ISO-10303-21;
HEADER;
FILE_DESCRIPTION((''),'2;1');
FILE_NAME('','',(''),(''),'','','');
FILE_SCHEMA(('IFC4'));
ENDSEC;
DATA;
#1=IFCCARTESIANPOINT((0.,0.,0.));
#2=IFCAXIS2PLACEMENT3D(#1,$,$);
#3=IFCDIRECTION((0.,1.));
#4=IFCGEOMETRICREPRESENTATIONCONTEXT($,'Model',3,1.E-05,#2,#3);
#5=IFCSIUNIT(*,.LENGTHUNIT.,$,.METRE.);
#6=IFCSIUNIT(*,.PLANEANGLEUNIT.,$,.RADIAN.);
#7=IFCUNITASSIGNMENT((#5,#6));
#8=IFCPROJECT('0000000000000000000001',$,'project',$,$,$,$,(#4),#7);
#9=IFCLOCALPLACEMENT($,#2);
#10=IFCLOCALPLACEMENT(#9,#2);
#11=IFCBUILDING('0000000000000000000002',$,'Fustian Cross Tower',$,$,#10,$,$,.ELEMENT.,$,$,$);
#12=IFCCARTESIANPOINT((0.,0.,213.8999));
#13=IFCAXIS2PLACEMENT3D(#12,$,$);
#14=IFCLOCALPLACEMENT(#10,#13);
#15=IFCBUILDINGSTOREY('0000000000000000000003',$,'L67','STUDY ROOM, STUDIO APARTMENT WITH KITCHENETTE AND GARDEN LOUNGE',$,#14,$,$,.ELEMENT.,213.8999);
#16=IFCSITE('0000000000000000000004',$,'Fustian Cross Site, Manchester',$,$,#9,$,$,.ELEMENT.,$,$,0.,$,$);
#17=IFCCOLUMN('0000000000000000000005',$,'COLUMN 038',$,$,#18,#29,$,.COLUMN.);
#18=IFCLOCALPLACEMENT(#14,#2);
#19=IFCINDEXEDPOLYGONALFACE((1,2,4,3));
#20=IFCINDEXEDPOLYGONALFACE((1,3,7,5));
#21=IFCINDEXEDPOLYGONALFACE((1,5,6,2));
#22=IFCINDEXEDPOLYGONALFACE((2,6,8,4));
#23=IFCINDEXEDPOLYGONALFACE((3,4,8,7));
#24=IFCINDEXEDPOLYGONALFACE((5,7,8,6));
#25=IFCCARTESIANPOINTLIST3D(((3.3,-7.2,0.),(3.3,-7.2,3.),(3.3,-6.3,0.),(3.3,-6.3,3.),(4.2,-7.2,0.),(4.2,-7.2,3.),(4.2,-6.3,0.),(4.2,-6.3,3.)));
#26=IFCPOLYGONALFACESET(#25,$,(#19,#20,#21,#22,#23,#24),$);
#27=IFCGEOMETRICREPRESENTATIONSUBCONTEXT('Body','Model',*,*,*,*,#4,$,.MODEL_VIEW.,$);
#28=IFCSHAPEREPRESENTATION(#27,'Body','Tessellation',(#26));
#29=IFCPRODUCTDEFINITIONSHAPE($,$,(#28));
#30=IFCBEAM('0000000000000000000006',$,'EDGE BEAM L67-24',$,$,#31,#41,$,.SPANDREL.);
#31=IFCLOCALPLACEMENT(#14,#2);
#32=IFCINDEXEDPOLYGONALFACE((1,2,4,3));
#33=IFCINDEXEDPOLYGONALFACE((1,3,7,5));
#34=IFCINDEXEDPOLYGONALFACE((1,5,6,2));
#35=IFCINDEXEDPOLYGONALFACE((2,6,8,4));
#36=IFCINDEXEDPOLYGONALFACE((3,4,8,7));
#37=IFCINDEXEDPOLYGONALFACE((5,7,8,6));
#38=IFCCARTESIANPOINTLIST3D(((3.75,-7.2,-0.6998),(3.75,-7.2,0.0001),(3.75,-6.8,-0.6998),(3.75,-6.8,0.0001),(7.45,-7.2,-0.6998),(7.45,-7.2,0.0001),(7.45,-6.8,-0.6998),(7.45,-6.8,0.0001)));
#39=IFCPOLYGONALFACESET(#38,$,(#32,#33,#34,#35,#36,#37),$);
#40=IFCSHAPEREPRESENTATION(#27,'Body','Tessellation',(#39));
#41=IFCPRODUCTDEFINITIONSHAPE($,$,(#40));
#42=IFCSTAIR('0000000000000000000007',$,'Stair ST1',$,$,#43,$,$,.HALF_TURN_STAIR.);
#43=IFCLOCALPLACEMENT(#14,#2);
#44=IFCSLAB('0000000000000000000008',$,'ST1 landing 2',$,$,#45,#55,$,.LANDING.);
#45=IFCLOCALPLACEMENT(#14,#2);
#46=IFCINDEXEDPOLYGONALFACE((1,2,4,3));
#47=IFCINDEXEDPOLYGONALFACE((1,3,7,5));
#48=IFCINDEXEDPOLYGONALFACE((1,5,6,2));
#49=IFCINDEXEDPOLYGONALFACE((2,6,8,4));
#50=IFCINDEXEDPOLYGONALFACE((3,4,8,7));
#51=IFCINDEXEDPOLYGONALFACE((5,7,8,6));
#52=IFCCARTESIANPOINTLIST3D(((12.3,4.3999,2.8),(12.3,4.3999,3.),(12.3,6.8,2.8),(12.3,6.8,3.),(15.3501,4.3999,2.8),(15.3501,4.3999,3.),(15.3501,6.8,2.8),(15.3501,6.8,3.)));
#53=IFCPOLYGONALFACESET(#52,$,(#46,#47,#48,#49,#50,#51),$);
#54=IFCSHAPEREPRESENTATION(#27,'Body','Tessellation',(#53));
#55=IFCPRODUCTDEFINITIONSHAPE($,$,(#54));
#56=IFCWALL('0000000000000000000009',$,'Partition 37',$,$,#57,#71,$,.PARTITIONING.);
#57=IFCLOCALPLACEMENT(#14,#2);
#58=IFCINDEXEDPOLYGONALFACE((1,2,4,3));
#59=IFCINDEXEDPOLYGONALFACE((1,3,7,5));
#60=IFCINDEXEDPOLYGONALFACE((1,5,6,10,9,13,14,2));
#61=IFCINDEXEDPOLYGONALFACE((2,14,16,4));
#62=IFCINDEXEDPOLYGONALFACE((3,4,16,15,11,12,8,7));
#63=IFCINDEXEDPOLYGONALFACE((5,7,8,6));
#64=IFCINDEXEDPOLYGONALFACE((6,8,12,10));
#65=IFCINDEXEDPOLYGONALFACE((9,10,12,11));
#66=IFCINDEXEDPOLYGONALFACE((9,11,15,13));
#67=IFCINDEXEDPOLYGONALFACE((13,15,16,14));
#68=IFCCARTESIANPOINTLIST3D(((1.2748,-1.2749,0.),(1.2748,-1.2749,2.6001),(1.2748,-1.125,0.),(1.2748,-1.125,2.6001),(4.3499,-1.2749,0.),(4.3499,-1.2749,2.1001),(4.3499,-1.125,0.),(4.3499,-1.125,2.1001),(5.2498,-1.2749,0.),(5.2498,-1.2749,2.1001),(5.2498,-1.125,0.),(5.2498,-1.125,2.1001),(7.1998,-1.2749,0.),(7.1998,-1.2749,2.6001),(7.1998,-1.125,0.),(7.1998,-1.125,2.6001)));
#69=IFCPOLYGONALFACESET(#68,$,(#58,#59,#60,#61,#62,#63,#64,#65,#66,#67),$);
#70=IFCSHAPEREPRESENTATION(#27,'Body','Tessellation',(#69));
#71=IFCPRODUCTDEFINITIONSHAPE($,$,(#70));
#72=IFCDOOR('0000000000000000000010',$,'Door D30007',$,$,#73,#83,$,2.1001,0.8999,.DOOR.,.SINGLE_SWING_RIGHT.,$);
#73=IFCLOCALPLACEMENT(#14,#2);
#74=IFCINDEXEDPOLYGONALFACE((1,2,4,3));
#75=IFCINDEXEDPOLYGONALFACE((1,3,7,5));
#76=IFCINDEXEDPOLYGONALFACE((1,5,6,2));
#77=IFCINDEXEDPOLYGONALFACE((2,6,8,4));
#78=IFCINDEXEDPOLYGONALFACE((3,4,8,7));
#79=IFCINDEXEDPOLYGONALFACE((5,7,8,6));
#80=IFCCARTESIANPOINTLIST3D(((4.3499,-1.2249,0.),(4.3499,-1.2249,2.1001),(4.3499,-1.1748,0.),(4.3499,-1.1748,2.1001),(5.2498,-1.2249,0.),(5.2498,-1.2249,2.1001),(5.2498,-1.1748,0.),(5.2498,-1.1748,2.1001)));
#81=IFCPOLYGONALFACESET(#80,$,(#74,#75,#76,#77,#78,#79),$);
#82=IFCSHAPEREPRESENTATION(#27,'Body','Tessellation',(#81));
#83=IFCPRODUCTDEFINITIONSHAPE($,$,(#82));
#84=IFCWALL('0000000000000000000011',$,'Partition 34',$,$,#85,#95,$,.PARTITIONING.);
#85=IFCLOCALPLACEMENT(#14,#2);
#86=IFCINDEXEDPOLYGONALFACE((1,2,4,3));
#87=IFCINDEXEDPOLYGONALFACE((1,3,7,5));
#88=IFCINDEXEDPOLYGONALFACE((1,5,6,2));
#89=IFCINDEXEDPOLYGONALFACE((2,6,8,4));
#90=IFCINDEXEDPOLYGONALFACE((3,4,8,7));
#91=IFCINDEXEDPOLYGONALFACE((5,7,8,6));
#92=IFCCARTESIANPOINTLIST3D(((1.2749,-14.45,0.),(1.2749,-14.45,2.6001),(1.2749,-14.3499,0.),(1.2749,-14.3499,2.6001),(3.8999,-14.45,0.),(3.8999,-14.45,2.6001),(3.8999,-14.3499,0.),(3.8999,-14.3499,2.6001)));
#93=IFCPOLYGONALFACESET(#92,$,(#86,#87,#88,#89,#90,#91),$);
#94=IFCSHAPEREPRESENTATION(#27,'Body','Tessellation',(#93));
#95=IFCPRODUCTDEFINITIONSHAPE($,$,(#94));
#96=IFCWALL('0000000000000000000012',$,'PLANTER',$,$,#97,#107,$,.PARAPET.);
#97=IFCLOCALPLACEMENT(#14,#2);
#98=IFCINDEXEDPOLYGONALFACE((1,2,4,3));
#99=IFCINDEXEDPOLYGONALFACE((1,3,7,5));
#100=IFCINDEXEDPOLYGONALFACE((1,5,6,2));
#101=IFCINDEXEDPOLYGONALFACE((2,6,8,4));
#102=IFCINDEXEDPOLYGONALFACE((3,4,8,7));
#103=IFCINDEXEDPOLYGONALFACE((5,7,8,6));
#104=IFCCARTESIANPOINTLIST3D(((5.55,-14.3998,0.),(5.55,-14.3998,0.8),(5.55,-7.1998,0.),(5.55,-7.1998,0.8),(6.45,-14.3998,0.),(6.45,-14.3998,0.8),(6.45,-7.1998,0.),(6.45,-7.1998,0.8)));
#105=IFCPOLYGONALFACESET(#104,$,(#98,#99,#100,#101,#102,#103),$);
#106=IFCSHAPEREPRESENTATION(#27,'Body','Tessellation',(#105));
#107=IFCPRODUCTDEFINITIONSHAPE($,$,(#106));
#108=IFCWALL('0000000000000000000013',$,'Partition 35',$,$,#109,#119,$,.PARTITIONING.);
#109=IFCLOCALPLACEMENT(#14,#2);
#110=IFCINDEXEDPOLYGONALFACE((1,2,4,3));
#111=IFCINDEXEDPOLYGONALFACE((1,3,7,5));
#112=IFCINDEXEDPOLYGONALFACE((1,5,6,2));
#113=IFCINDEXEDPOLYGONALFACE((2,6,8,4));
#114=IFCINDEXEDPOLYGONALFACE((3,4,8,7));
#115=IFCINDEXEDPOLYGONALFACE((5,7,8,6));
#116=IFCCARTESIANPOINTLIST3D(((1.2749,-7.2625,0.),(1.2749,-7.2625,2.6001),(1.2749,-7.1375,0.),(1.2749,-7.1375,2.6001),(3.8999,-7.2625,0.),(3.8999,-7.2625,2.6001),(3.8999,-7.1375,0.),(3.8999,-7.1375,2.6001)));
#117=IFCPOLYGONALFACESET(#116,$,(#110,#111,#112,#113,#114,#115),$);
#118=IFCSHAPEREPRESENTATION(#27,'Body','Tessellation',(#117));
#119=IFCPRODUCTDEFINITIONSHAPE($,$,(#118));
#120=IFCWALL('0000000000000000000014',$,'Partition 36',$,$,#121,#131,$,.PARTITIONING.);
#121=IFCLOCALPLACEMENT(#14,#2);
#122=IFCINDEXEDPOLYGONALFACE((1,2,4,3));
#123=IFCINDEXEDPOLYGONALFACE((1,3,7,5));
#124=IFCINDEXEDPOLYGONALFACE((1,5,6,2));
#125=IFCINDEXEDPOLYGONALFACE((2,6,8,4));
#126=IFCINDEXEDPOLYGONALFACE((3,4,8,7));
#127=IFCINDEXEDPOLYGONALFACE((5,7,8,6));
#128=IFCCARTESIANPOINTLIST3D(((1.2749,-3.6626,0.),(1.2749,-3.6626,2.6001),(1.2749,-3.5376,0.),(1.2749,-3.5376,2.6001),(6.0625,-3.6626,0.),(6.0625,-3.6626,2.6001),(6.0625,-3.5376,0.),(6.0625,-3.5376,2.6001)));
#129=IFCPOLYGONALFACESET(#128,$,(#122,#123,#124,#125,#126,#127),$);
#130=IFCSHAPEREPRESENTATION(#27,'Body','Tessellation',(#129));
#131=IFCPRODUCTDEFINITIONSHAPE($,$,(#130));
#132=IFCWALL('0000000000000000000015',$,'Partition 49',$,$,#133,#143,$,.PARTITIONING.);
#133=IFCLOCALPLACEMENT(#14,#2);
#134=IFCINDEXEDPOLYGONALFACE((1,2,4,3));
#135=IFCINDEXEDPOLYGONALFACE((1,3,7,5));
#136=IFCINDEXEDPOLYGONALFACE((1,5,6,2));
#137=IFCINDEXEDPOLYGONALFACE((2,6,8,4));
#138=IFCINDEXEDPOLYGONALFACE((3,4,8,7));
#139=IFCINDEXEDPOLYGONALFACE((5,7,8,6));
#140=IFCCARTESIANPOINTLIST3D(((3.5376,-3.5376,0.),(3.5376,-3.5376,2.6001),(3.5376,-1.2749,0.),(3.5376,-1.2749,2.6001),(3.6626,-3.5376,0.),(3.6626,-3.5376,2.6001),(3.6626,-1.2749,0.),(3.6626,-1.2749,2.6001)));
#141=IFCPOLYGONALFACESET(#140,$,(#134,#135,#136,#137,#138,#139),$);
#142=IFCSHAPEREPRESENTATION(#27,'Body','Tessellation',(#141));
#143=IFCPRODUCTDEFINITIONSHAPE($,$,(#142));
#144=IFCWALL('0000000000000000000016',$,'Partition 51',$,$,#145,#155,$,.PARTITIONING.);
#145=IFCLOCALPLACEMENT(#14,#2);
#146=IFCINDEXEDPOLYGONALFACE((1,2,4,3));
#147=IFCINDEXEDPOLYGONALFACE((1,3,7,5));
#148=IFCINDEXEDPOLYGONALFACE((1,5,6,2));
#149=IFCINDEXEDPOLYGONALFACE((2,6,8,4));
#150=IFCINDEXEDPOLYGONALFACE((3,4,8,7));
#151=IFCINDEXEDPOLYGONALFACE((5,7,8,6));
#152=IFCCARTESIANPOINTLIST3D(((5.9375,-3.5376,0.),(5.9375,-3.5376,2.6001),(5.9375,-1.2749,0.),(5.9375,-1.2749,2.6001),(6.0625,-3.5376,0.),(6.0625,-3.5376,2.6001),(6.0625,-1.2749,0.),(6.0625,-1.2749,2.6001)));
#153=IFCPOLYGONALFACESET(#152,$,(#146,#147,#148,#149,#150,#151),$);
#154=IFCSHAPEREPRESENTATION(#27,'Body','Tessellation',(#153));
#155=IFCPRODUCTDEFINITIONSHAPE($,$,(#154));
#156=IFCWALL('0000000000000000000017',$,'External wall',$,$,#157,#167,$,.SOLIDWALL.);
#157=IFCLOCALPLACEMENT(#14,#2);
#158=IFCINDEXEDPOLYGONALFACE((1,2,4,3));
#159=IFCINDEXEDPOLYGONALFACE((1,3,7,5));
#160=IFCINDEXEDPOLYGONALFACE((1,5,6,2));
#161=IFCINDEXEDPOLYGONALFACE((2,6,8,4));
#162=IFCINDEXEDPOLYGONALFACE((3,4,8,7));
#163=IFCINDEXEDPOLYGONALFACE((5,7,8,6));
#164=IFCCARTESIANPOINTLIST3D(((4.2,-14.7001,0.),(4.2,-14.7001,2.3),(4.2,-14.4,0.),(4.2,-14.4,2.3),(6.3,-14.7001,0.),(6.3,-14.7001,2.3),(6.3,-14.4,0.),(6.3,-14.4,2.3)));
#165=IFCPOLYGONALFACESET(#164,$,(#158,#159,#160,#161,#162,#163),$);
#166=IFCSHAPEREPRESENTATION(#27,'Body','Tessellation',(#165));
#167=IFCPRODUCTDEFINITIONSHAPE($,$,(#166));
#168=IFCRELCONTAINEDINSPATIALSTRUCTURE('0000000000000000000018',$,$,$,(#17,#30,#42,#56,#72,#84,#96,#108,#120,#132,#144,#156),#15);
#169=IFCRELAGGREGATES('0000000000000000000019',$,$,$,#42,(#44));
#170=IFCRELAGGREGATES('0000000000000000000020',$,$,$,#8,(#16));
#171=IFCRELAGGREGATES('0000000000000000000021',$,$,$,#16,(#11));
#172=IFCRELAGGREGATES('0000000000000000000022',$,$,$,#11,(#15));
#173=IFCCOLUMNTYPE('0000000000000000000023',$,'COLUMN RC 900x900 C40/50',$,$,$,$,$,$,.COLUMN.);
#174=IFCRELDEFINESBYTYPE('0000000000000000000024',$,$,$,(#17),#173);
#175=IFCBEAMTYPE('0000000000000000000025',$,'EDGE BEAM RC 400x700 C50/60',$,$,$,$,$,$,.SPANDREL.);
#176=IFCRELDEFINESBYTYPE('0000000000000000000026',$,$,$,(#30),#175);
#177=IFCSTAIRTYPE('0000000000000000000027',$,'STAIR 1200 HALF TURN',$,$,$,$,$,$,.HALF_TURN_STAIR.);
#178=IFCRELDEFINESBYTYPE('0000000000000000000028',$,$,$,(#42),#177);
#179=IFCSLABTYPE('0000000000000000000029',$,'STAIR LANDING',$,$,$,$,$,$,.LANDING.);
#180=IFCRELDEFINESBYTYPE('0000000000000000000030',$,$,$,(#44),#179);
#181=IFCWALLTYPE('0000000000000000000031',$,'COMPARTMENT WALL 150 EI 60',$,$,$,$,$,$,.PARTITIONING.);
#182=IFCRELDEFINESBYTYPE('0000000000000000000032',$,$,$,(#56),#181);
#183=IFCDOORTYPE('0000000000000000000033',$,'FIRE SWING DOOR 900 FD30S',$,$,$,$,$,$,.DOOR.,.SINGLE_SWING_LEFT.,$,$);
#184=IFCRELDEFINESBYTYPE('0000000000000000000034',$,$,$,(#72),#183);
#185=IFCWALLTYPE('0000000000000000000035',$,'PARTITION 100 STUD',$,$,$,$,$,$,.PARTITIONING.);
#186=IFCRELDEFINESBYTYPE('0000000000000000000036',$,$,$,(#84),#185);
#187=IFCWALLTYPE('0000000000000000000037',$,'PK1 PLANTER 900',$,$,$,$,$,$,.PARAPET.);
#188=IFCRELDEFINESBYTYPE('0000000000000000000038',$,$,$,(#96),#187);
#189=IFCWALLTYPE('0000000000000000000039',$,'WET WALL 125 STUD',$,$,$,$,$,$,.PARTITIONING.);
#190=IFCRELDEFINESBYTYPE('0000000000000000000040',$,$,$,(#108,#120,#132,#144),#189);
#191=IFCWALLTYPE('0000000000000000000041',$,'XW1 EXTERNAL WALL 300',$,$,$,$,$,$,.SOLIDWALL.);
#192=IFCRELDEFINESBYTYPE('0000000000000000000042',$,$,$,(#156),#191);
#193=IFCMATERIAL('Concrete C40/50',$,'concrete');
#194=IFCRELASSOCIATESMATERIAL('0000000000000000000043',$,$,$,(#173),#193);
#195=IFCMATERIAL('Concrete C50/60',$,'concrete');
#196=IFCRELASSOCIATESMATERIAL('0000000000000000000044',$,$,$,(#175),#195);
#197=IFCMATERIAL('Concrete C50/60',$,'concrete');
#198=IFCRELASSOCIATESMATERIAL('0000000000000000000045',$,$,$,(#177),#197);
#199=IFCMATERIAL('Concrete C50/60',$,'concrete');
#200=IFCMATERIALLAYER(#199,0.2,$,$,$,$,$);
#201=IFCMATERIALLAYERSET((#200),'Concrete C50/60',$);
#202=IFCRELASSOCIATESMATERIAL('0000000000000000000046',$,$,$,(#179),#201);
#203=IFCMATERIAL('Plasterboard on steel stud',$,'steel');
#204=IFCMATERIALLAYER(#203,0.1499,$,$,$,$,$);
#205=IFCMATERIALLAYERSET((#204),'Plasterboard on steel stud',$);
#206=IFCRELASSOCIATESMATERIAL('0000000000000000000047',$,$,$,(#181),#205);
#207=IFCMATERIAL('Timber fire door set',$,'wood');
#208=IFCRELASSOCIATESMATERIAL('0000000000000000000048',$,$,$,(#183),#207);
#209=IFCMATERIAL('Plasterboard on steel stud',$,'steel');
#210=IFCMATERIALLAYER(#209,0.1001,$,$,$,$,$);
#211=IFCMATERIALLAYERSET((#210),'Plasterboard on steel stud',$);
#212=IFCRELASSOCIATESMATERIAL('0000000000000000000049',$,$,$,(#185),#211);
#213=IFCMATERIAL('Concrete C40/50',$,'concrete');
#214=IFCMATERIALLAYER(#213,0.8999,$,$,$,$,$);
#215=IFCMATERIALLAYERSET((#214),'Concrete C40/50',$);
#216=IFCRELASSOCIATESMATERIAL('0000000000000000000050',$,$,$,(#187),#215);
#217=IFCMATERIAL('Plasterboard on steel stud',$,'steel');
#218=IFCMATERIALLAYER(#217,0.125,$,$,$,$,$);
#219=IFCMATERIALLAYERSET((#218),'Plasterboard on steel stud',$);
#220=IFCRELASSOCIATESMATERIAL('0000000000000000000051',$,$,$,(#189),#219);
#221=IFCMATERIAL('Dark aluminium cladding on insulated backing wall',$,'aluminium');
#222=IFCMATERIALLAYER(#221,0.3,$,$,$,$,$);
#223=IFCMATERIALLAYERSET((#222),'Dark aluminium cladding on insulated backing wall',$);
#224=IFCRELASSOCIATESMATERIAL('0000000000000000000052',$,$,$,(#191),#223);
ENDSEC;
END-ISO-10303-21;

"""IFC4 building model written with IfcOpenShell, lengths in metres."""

from ifc_helpers import new_model, si_unit, direction, frame, frame_2d, origin, origin_2d, place, context, subcontext, project, spatial, polyline, rectangle, outline, extrude, material, layer, layer_set, material_profile, profile_set, type_object, element, fill, aggregate, save


model = new_model("IFC4")

# Units and contexts
model_context = context("Model", 3, precision=1e-05, world=origin(), true_north=direction((0.0, 1.0)))
body_context = subcontext(model_context, "Body", "Model", "MODEL_VIEW")
ifc_project = project(units=[si_unit("LENGTHUNIT", "METRE"), si_unit("PLANEANGLEUNIT", "RADIAN")], contexts=[model_context])

# Site, building, storey
site_placement = place(None, origin())
site = spatial("IfcSite", under=ifc_project, at=site_placement, Name="Fustian Cross Site, Manchester", CompositionType="ELEMENT", RefElevation=0.0)
building_placement = place(site_placement, origin())
building = spatial("IfcBuilding", under=site, at=building_placement, Name="Fustian Cross Tower", CompositionType="ELEMENT")
storey_placement = place(building_placement, frame((0.0, 0.0, 213.8999)))
storey = spatial("IfcBuildingStorey", under=building, at=storey_placement, Name="L67", Description="STUDY ROOM, STUDIO APARTMENT WITH KITCHENETTE AND GARDEN LOUNGE", CompositionType="ELEMENT", Elevation=213.8999)

# Column
ifc_material_1 = material(Name="Concrete C40/50", Category="concrete")
ifc_material_profile_1 = material_profile(ifc_material_1, rectangle(XDim=0.8999, YDim=0.8999, at=origin_2d()), Name="RC 900x900")
ifc_profile_set_1 = profile_set([ifc_material_profile_1], Name="Concrete C40/50")
column_type = type_object("IfcColumnType", Name="COLUMN RC 900x900 C40/50", PredefinedType="COLUMN", material=ifc_profile_set_1)
column_placement = place(storey_placement, frame((3.75, -6.75, 0.0), z_axis=(0.0, 0.0, 1.0), x_axis=(1.0, 0.0, 0.0)))
element("IfcColumn", 1, at=column_placement, inside=storey, type_object=column_type, Name="COLUMN 038", PredefinedType="COLUMN", context=body_context, shape_type="SweptSolid", body=[
    extrude(rectangle(XDim=0.8999, YDim=0.8999, at=origin_2d()), origin(), (0.0, 0.0, 1.0), 3.0),
])

# Beam
ifc_material_2 = material(Name="Concrete C50/60", Category="concrete")
ifc_material_profile_2 = material_profile(ifc_material_2, rectangle(XDim=0.3999, YDim=0.7, at=origin_2d()), Name="RC 400x700")
ifc_profile_set_2 = profile_set([ifc_material_profile_2], Name="Concrete C50/60")
beam_type = type_object("IfcBeamType", Name="EDGE BEAM RC 400x700 C50/60", PredefinedType="SPANDREL", material=ifc_profile_set_2)
beam_placement = place(storey_placement, frame((3.75, -7.0, -0.3499), z_axis=(1.0, 0.0, 0.0), x_axis=(0.0, 1.0, 0.0)))
element("IfcBeam", 2, at=beam_placement, inside=storey, type_object=beam_type, Name="EDGE BEAM L67-24", PredefinedType="SPANDREL", context=body_context, shape_type="SweptSolid", body=[
    extrude(rectangle(XDim=0.3999, YDim=0.7, at=origin_2d()), origin(), (0.0, 0.0, 1.0), 3.7),
])

# Stair, slab
ifc_material_3 = material(Name="Concrete C50/60", Category="concrete")
stair_type = type_object("IfcStairType", Name="STAIR 1200 HALF TURN", PredefinedType="HALF_TURN_STAIR", material=ifc_material_3)
stair_placement = place(storey_placement, origin())
stair = element("IfcStair", 3, at=stair_placement, inside=storey, type_object=stair_type, Name="Stair ST1", PredefinedType="HALF_TURN_STAIR")
ifc_material_4 = material(Name="Concrete C50/60", Category="concrete")
ifc_layer_1 = layer(ifc_material_4, 0.2)
ifc_layer_set_1 = layer_set([ifc_layer_1], Name="Concrete C50/60")
slab_type = type_object("IfcSlabType", Name="STAIR LANDING", PredefinedType="LANDING", material=ifc_layer_set_1)
slab_placement = place(storey_placement, frame((0.0, 0.0, 2.8)))
slab = element("IfcSlab", 4, at=slab_placement, type_object=slab_type, Name="ST1 landing 2", PredefinedType="LANDING", context=body_context, shape_type="SweptSolid", body=[
    extrude(outline(polyline([(12.3, 4.3999), (15.3501, 4.3999), (15.3501, 6.8), (12.3, 6.8), (12.3, 4.3999)])), origin(), (0.0, 0.0, 1.0), 0.2),
])
aggregate(stair, [slab])

# Wall, opening, door
ifc_material_5 = material(Name="Plasterboard on steel stud", Category="steel")
ifc_layer_2 = layer(ifc_material_5, 0.1499)
ifc_layer_set_2 = layer_set([ifc_layer_2], Name="Plasterboard on steel stud")
wall_type_1 = type_object("IfcWallType", Name="COMPARTMENT WALL 150 EI 60", PredefinedType="PARTITIONING", material=ifc_layer_set_2)
wall_1_placement = place(storey_placement, frame((1.2749, -1.2, 0.0), z_axis=(0.0, 0.0, 1.0), x_axis=(1.0, 0.0, 0.0)))
wall_1 = element("IfcWall", 5, at=wall_1_placement, inside=storey, type_object=wall_type_1, Name="Partition 37", PredefinedType="PARTITIONING", context=body_context, shape_type="SweptSolid", body=[
    extrude(rectangle(XDim=5.925, YDim=0.1499, at=frame_2d((2.9624, 0.0))), origin(), (0.0, 0.0, 1.0), 2.6001),
])
opening_1_placement = place(wall_1_placement, frame((3.075, 0.0, 0.0)))
opening_1 = element("IfcOpeningElement", 6, at=opening_1_placement, cuts=wall_1, PredefinedType="OPENING", context=body_context, shape_type="SweptSolid", body=[
    extrude(rectangle(XDim=0.8999, YDim=2.1001, at=frame_2d((0.45, 1.05))), frame((0.0, 0.085, 0.0), z_axis=(0.0, -1.0, 0.0), x_axis=(1.0, 0.0, 0.0)), (0.0, 0.0, 1.0), 0.1699),
])
ifc_material_6 = material(Name="Timber fire door set", Category="wood")
door_type_1 = type_object("IfcDoorType", Name="FIRE SWING DOOR 900 FD30S", OperationType="SINGLE_SWING_LEFT", PredefinedType="DOOR", material=ifc_material_6)
door_1_placement = place(opening_1_placement, frame((0.8999, 0.0, 0.0), z_axis=(0.0, 0.0, 1.0), x_axis=(-1.0, 0.0, 0.0)))
door_1 = element("IfcDoor", 7, at=door_1_placement, inside=storey, type_object=door_type_1, Name="Door D30007", OperationType="SINGLE_SWING_RIGHT", OverallHeight=2.1001, OverallWidth=0.8999, PredefinedType="DOOR", context=body_context, shape_type="SweptSolid", body=[
    extrude(rectangle(XDim=0.8999, YDim=2.1001, at=frame_2d((0.45, 1.05))), frame((0.0, 0.0249, 0.0), z_axis=(0.0, -1.0, 0.0), x_axis=(1.0, 0.0, 0.0)), (0.0, 0.0, 1.0), 0.05),
])
fill(opening_1, door_1)

# Walls
ifc_material_7 = material(Name="Plasterboard on steel stud", Category="steel")
ifc_layer_3 = layer(ifc_material_7, 0.1001)
ifc_layer_set_3 = layer_set([ifc_layer_3], Name="Plasterboard on steel stud")
wall_type_2 = type_object("IfcWallType", Name="PARTITION 100 STUD", PredefinedType="PARTITIONING", material=ifc_layer_set_3)
wall_2_placement = place(storey_placement, frame((1.2749, -14.3999, 0.0), z_axis=(0.0, 0.0, 1.0), x_axis=(1.0, 0.0, 0.0)))
element("IfcWall", 8, at=wall_2_placement, inside=storey, type_object=wall_type_2, Name="Partition 34", PredefinedType="PARTITIONING", context=body_context, shape_type="SweptSolid", body=[
    extrude(rectangle(XDim=2.625, YDim=0.1001, at=frame_2d((1.3125, 0.0))), origin(), (0.0, 0.0, 1.0), 2.6001),
])
ifc_material_8 = material(Name="Concrete C40/50", Category="concrete")
ifc_layer_4 = layer(ifc_material_8, 0.8999)
ifc_layer_set_4 = layer_set([ifc_layer_4], Name="Concrete C40/50")
wall_type_3 = type_object("IfcWallType", Name="PK1 PLANTER 900", PredefinedType="PARAPET", material=ifc_layer_set_4)
wall_3_placement = place(storey_placement, frame((6.0, -14.3999, 0.0), z_axis=(0.0, 0.0, 1.0), x_axis=(0.0, 1.0, 0.0)))
element("IfcWall", 9, at=wall_3_placement, inside=storey, type_object=wall_type_3, Name="PLANTER", PredefinedType="PARAPET", context=body_context, shape_type="SweptSolid", body=[
    extrude(rectangle(XDim=7.2, YDim=0.8999, at=frame_2d((3.6001, 0.0))), origin(), (0.0, 0.0, 1.0), 0.8),
])
ifc_material_9 = material(Name="Plasterboard on steel stud", Category="steel")
ifc_layer_5 = layer(ifc_material_9, 0.125)
ifc_layer_set_5 = layer_set([ifc_layer_5], Name="Plasterboard on steel stud")
wall_type_4 = type_object("IfcWallType", Name="WET WALL 125 STUD", PredefinedType="PARTITIONING", material=ifc_layer_set_5)
wall_4_placement = place(storey_placement, frame((1.2749, -7.2, 0.0), z_axis=(0.0, 0.0, 1.0), x_axis=(1.0, 0.0, 0.0)))
element("IfcWall", 10, at=wall_4_placement, inside=storey, type_object=wall_type_4, Name="Partition 35", PredefinedType="PARTITIONING", context=body_context, shape_type="SweptSolid", body=[
    extrude(rectangle(XDim=2.625, YDim=0.125, at=frame_2d((1.3125, 0.0))), origin(), (0.0, 0.0, 1.0), 2.6001),
])
wall_5_placement = place(storey_placement, frame((1.2749, -3.6001, 0.0), z_axis=(0.0, 0.0, 1.0), x_axis=(1.0, 0.0, 0.0)))
element("IfcWall", 11, at=wall_5_placement, inside=storey, type_object=wall_type_4, Name="Partition 36", PredefinedType="PARTITIONING", context=body_context, shape_type="SweptSolid", body=[
    extrude(rectangle(XDim=4.7876, YDim=0.125, at=frame_2d((2.3938, 0.0))), origin(), (0.0, 0.0, 1.0), 2.6001),
])
for number, where, z_axis, x_axis, name in (
    (12, (3.6001, -3.5376, 0.0), (0.0, 0.0, 1.0), (0.0, 1.0, 0.0), "Partition 49"),
    (13, (6.0, -3.5376, 0.0), (0.0, 0.0, 1.0), (0.0, 1.0, 0.0), "Partition 51"),
):
    element("IfcWall", number, at=place(storey_placement, frame(where, z_axis=z_axis, x_axis=x_axis)), inside=storey, type_object=wall_type_4, Name=name, PredefinedType="PARTITIONING", context=body_context, shape_type="SweptSolid", body=[
        extrude(rectangle(XDim=2.2627, YDim=0.125, at=frame_2d((1.1313, 0.0))), origin(), (0.0, 0.0, 1.0), 2.6001),
    ])
ifc_material_10 = material(Name="Dark aluminium cladding on insulated backing wall", Category="aluminium")
ifc_layer_6 = layer(ifc_material_10, 0.3)
ifc_layer_set_6 = layer_set([ifc_layer_6], Name="Dark aluminium cladding on insulated backing wall")
wall_type_5 = type_object("IfcWallType", Name="XW1 EXTERNAL WALL 300", PredefinedType="SOLIDWALL", material=ifc_layer_set_6)
wall_6_placement = place(storey_placement, frame((6.3, -14.55, 0.0), z_axis=(0.0, 0.0, 1.0), x_axis=(-1.0, 0.0, 0.0)))
element("IfcWall", 14, at=wall_6_placement, inside=storey, type_object=wall_type_5, Name="External wall", PredefinedType="SOLIDWALL", context=body_context, shape_type="SweptSolid", body=[
    extrude(rectangle(XDim=2.1001, YDim=0.3, at=frame_2d((1.05, 0.0))), origin(), (0.0, 0.0, 1.0), 2.3),
])

save(model, "model.ifc")
